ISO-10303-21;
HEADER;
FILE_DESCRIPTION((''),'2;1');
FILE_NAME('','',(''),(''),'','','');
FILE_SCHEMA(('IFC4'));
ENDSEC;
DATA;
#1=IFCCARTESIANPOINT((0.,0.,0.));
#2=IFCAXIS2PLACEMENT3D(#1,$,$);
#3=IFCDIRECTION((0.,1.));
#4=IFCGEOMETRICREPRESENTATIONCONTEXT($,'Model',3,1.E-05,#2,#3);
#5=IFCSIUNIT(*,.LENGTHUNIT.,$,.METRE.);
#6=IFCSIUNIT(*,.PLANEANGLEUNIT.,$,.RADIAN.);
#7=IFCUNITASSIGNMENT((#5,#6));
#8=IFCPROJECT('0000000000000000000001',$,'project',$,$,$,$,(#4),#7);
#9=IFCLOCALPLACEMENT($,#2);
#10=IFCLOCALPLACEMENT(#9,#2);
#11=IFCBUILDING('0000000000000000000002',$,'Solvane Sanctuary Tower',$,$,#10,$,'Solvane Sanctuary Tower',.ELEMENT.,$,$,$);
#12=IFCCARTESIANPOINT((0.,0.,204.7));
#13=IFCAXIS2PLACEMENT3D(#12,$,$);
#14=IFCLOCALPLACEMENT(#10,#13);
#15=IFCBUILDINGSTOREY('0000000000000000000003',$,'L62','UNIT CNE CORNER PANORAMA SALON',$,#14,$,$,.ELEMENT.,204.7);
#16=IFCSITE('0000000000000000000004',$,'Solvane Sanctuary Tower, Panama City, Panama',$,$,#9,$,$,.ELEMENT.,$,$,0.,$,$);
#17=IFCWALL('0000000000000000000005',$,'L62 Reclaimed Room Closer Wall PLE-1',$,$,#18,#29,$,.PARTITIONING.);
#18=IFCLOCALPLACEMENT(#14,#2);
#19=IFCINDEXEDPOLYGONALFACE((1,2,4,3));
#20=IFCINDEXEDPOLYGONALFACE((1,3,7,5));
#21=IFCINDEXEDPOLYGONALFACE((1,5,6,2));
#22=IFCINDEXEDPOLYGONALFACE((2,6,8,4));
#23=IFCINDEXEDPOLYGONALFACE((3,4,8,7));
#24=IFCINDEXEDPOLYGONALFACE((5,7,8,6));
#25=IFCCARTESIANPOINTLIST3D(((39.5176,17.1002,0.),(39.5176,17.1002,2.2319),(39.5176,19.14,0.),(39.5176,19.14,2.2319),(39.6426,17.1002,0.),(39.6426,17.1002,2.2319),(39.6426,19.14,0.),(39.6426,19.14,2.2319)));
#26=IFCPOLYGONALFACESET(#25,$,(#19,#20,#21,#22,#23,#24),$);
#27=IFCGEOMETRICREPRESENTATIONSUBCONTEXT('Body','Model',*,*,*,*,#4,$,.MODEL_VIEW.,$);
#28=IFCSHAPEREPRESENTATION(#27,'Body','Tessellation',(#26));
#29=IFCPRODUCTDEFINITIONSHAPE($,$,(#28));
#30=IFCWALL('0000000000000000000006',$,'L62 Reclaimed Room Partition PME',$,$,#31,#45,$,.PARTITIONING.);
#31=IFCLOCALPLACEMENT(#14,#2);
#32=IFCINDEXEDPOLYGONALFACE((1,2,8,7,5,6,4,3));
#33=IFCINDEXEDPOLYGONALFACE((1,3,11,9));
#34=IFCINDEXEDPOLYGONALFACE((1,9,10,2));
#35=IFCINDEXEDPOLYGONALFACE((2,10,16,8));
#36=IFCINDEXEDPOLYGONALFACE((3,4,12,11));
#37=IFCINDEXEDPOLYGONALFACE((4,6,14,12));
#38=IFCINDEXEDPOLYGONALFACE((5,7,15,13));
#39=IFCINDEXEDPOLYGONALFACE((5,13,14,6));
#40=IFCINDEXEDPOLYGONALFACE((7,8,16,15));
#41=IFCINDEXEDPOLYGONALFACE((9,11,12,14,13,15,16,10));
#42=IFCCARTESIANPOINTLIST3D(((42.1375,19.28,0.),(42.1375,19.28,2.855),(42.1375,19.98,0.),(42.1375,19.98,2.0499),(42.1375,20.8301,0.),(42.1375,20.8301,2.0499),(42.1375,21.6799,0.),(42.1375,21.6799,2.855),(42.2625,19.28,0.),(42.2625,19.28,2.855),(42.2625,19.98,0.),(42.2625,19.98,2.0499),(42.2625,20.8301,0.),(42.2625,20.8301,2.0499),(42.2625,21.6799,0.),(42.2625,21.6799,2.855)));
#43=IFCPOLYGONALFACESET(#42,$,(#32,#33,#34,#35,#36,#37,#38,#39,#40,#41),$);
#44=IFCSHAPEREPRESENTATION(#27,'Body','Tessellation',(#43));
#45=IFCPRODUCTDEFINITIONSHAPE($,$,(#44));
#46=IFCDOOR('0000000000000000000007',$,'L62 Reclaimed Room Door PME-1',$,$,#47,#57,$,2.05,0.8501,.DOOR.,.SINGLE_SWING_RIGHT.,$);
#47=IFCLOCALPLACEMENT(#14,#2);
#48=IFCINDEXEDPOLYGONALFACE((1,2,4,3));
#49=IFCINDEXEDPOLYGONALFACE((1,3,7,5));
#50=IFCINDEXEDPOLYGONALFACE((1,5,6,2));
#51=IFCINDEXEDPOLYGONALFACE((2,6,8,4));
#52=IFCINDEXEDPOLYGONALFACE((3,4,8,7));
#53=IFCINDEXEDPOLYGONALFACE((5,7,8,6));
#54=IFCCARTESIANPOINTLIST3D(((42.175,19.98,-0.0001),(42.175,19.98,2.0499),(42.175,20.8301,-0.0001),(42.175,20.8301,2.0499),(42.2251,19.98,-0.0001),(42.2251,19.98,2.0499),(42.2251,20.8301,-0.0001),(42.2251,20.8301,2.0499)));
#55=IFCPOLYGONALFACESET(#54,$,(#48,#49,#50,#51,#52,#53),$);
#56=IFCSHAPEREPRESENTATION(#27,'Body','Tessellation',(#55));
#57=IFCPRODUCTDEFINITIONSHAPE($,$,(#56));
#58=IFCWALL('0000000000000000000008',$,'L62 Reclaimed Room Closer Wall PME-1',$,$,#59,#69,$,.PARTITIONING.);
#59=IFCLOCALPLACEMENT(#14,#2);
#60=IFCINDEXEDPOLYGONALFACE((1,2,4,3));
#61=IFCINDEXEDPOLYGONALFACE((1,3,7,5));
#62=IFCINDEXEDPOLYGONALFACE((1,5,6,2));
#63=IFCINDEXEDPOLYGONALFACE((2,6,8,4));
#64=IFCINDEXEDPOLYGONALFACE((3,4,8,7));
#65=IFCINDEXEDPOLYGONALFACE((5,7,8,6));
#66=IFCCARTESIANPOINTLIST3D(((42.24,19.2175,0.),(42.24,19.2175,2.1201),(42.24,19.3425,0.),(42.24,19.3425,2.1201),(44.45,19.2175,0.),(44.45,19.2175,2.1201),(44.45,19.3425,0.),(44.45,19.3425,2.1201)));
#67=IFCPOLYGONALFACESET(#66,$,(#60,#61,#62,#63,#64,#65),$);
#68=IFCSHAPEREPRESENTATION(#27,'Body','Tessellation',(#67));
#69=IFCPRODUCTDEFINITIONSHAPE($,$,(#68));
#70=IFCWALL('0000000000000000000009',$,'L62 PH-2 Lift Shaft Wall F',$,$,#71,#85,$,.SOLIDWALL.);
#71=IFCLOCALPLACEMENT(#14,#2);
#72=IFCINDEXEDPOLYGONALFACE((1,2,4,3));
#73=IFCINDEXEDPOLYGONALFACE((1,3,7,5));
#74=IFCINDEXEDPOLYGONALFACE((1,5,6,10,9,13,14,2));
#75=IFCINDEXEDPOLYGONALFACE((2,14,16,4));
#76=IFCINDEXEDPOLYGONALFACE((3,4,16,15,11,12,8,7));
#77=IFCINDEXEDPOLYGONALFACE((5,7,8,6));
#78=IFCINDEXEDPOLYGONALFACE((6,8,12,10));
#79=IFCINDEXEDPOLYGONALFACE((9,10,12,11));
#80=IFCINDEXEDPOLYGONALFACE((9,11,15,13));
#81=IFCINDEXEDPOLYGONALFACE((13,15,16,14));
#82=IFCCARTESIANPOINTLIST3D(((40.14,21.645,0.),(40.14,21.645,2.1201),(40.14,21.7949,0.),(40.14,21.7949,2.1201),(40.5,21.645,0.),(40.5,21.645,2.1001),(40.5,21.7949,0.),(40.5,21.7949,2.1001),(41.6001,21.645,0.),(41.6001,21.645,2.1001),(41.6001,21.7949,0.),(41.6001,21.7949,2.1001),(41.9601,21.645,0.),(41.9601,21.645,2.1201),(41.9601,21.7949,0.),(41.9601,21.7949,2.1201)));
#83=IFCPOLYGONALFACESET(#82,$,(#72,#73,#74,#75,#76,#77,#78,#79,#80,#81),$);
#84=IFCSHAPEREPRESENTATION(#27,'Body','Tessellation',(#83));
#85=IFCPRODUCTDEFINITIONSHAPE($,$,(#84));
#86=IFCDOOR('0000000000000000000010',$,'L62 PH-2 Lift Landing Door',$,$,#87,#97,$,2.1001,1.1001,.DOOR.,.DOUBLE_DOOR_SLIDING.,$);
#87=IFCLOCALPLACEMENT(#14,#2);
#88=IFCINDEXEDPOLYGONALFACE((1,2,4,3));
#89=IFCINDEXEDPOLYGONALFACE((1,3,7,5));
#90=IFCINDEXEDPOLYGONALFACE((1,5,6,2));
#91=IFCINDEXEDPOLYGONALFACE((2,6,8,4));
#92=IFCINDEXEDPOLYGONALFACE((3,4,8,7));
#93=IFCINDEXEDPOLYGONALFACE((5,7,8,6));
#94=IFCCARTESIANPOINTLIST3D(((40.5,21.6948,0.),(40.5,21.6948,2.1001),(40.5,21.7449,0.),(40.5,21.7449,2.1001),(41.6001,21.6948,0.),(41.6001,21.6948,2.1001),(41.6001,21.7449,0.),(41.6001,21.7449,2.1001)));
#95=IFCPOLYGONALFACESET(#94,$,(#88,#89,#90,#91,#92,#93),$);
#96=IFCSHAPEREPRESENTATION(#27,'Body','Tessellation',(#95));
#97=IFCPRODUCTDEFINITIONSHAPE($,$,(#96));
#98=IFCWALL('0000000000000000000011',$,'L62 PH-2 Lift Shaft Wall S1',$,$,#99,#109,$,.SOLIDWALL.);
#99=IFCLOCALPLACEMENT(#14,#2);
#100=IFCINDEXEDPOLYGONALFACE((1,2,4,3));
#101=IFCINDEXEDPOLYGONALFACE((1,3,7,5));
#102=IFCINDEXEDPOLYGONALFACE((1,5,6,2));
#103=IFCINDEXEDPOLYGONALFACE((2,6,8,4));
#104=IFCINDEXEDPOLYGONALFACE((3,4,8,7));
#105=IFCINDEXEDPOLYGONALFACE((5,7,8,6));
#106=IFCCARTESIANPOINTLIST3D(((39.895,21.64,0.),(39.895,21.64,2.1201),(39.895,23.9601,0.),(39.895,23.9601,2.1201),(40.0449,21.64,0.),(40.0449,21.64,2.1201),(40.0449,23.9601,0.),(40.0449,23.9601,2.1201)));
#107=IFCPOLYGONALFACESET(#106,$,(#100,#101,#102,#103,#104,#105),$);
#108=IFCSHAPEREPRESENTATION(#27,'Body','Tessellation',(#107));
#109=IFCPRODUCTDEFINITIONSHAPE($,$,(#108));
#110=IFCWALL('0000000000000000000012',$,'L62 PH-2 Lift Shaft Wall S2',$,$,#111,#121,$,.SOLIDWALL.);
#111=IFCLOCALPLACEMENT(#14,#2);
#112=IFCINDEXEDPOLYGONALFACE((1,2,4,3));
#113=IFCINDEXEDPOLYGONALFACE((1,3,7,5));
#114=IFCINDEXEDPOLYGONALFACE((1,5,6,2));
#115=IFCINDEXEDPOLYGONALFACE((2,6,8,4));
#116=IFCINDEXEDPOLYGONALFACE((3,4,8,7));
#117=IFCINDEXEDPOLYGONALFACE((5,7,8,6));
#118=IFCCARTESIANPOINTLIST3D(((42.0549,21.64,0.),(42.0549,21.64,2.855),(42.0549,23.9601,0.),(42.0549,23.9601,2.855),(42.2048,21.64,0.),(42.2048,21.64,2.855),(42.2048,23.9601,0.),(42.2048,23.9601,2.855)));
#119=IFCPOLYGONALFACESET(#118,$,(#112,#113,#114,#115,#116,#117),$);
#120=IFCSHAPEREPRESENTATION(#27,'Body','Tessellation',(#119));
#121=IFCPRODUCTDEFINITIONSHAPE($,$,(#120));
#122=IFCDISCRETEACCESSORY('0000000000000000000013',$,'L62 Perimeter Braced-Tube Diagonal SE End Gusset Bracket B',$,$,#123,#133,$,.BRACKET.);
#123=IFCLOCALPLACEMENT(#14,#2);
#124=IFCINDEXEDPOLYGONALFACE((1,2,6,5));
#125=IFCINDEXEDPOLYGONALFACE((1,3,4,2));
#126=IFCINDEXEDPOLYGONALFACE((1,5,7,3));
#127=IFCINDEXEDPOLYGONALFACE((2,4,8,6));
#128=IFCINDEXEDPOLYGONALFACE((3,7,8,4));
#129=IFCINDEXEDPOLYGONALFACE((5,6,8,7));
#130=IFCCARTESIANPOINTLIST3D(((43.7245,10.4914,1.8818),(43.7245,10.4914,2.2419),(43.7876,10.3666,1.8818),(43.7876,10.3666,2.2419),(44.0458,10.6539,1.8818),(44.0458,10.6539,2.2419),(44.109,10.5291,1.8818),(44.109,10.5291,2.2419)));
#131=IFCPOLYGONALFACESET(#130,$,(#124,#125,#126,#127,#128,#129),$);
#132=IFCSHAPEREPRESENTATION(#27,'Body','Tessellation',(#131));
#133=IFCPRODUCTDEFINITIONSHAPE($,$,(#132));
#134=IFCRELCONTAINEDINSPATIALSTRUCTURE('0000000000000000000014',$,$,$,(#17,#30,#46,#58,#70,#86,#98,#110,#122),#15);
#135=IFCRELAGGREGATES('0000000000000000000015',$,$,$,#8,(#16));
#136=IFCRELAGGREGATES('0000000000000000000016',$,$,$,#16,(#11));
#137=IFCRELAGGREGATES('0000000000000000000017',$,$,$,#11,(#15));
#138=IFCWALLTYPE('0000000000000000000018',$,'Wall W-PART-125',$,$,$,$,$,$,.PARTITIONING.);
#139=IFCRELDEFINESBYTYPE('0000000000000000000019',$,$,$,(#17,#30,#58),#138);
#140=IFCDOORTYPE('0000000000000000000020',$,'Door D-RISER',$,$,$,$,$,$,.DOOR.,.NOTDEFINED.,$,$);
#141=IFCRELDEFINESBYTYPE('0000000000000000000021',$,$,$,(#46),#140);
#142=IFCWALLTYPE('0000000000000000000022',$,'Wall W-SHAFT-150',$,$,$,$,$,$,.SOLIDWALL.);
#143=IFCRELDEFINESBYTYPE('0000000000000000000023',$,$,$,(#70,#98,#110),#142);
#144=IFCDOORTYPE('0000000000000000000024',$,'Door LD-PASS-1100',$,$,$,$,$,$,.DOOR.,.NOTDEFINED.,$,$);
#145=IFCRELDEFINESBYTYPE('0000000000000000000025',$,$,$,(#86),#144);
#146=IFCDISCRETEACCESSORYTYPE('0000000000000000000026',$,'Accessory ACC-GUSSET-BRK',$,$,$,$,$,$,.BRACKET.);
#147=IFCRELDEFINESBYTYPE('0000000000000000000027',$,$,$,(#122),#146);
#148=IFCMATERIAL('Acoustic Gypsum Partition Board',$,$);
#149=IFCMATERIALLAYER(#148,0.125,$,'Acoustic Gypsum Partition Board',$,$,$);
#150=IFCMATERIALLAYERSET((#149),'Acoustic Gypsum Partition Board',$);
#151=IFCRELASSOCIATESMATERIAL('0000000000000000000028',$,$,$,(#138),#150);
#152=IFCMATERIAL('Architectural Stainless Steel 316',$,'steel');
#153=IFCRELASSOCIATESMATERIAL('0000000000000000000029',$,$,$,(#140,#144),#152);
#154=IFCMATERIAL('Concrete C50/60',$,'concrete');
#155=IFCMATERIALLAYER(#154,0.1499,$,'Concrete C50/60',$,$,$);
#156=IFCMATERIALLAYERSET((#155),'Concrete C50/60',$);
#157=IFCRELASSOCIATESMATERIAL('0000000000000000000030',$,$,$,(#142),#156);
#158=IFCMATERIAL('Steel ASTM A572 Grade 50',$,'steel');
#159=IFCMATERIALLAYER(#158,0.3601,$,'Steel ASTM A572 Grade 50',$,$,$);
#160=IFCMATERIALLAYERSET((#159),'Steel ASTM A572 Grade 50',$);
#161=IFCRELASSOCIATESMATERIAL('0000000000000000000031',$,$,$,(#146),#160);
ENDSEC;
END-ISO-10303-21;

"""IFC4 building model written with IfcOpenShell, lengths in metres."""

from ifc_helpers import new_model, si_unit, direction, frame, frame_2d, origin, origin_2d, place, context, subcontext, project, spatial, rectangle, extrude, material, layer, layer_set, type_object, element, fill, save


model = new_model("IFC4")

# Units and contexts
model_context = context("Model", 3, precision=1e-05, world=origin(), true_north=direction((0.0, 1.0)))
body_context = subcontext(model_context, "Body", "Model", "MODEL_VIEW")
ifc_project = project(units=[si_unit("LENGTHUNIT", "METRE"), si_unit("PLANEANGLEUNIT", "RADIAN")], contexts=[model_context])

# Site, building, storey
site_placement = place(None, origin())
site = spatial("IfcSite", under=ifc_project, at=site_placement, Name="Solvane Sanctuary Tower, Panama City, Panama", CompositionType="ELEMENT", RefElevation=0.0)
building_placement = place(site_placement, origin())
building = spatial("IfcBuilding", under=site, at=building_placement, Name="Solvane Sanctuary Tower", LongName="Solvane Sanctuary Tower", CompositionType="ELEMENT")
storey_placement = place(building_placement, frame((0.0, 0.0, 204.7)))
storey = spatial("IfcBuildingStorey", under=building, at=storey_placement, Name="L62", Description="UNIT CNE CORNER PANORAMA SALON", CompositionType="ELEMENT", Elevation=204.7)

# Shared definitions
ifc_material_1 = material(Name="Concrete C50/60", Category="concrete")

# Shared definitions
ifc_material_2 = material(Name="Acoustic Gypsum Partition Board")

# Shared definitions
ifc_layer_1 = layer(ifc_material_2, 0.125, Name="Acoustic Gypsum Partition Board")
ifc_layer_set_1 = layer_set([ifc_layer_1], Name="Acoustic Gypsum Partition Board")
wall_type_1 = type_object("IfcWallType", Name="Wall W-PART-125", PredefinedType="PARTITIONING", material=ifc_layer_set_1)
ifc_material_3 = material(Name="Architectural Stainless Steel 316", Category="steel")
door_type_1 = type_object("IfcDoorType", Name="Door D-RISER", OperationType="NOTDEFINED", PredefinedType="DOOR", material=ifc_material_3)

# Wall
wall_1_placement = place(storey_placement, frame((39.5801, 17.1001, 0.0), z_axis=(0.0, 0.0, 1.0), x_axis=(0.0, 1.0, 0.0)))
element("IfcWall", 1, at=wall_1_placement, inside=storey, type_object=wall_type_1, Name="L62 Reclaimed Room Closer Wall PLE-1", PredefinedType="PARTITIONING", context=body_context, shape_type="SweptSolid", body=[
    extrude(rectangle(XDim=2.0398, YDim=0.125, at=frame_2d((1.02, 0.0))), origin(), (0.0, 0.0, 1.0), 2.2319),
])

# Wall, opening, door
wall_2_placement = place(storey_placement, frame((42.2, 19.28, 0.0), z_axis=(0.0, 0.0, 1.0), x_axis=(0.0, 1.0, 0.0)))
wall_2 = element("IfcWall", 2, at=wall_2_placement, inside=storey, type_object=wall_type_1, Name="L62 Reclaimed Room Partition PME", PredefinedType="PARTITIONING", context=body_context, shape_type="SweptSolid", body=[
    extrude(rectangle(XDim=2.3999, YDim=0.125, at=frame_2d((1.2, 0.0))), origin(), (0.0, 0.0, 1.0), 2.855),
])
opening_1_placement = place(wall_2_placement, frame((0.7, 0.0, 0.0)))
opening_1 = element("IfcOpeningElement", 3, at=opening_1_placement, cuts=wall_2, PredefinedType="OPENING", context=body_context, shape_type="SweptSolid", body=[
    extrude(rectangle(XDim=0.8501, YDim=2.05, at=frame_2d((0.425, 1.0249))), frame((0.0, 0.0725, 0.0), z_axis=(0.0, -1.0, 0.0), x_axis=(1.0, 0.0, 0.0)), (0.0, 0.0, 1.0), 0.145),
])
door_1_placement = place(opening_1_placement, origin())
door_1 = element("IfcDoor", 4, at=door_1_placement, inside=storey, type_object=door_type_1, Name="L62 Reclaimed Room Door PME-1", OperationType="SINGLE_SWING_RIGHT", OverallHeight=2.05, OverallWidth=0.8501, PredefinedType="DOOR", context=body_context, shape_type="SweptSolid", body=[
    extrude(rectangle(XDim=0.8501, YDim=2.05, at=frame_2d((0.425, 1.0249))), frame((0.0, 0.0249, 0.0), z_axis=(0.0, -1.0, 0.0), x_axis=(1.0, 0.0, 0.0)), (0.0, 0.0, 1.0), 0.05),
])
fill(opening_1, door_1)

# Wall
wall_3_placement = place(storey_placement, frame((42.24, 19.28, 0.0), z_axis=(0.0, 0.0, 1.0), x_axis=(1.0, 0.0, 0.0)))
element("IfcWall", 5, at=wall_3_placement, inside=storey, type_object=wall_type_1, Name="L62 Reclaimed Room Closer Wall PME-1", PredefinedType="PARTITIONING", context=body_context, shape_type="SweptSolid", body=[
    extrude(rectangle(XDim=2.21, YDim=0.125, at=frame_2d((1.105, 0.0))), origin(), (0.0, 0.0, 1.0), 2.1201),
])

# Wall, opening, door
ifc_layer_2 = layer(ifc_material_1, 0.1499, Name="Concrete C50/60")
ifc_layer_set_2 = layer_set([ifc_layer_2], Name="Concrete C50/60")
wall_type_2 = type_object("IfcWallType", Name="Wall W-SHAFT-150", PredefinedType="SOLIDWALL", material=ifc_layer_set_2)
wall_4_placement = place(storey_placement, frame((40.1399, 21.72, 0.0), z_axis=(0.0, 0.0, 1.0), x_axis=(1.0, 0.0, 0.0)))
wall_4 = element("IfcWall", 6, at=wall_4_placement, inside=storey, type_object=wall_type_2, Name="L62 PH-2 Lift Shaft Wall F", PredefinedType="SOLIDWALL", context=body_context, shape_type="SweptSolid", body=[
    extrude(rectangle(XDim=1.8201, YDim=0.1499, at=frame_2d((0.9102, 0.0))), origin(), (0.0, 0.0, 1.0), 2.1201),
])
opening_2_placement = place(wall_4_placement, frame((0.3601, 0.0, 0.0)))
opening_2 = element("IfcOpeningElement", 7, at=opening_2_placement, cuts=wall_4, PredefinedType="OPENING", context=body_context, shape_type="SweptSolid", body=[
    extrude(rectangle(XDim=1.1001, YDim=2.1001, at=frame_2d((0.55, 1.05))), frame((0.0, 0.085, 0.0), z_axis=(0.0, -1.0, 0.0), x_axis=(1.0, 0.0, 0.0)), (0.0, 0.0, 1.0), 0.1699),
])
door_type_2 = type_object("IfcDoorType", Name="Door LD-PASS-1100", OperationType="NOTDEFINED", PredefinedType="DOOR", material=ifc_material_3)
door_2_placement = place(opening_2_placement, origin())
door_2 = element("IfcDoor", 8, at=door_2_placement, inside=storey, type_object=door_type_2, Name="L62 PH-2 Lift Landing Door", OperationType="DOUBLE_DOOR_SLIDING", OverallHeight=2.1001, OverallWidth=1.1001, PredefinedType="DOOR", context=body_context, shape_type="SweptSolid", body=[
    extrude(rectangle(XDim=1.1001, YDim=2.1001, at=frame_2d((0.55, 1.05))), frame((0.0, 0.0249, 0.0), z_axis=(0.0, -1.0, 0.0), x_axis=(1.0, 0.0, 0.0)), (0.0, 0.0, 1.0), 0.05),
])
fill(opening_2, door_2)

# Walls
wall_5_placement = place(storey_placement, frame((39.97, 21.6399, 0.0), z_axis=(0.0, 0.0, 1.0), x_axis=(0.0, 1.0, 0.0)))
element("IfcWall", 9, at=wall_5_placement, inside=storey, type_object=wall_type_2, Name="L62 PH-2 Lift Shaft Wall S1", PredefinedType="SOLIDWALL", context=body_context, shape_type="SweptSolid", body=[
    extrude(rectangle(XDim=2.3201, YDim=0.1499, at=frame_2d((1.1602, 0.0))), origin(), (0.0, 0.0, 1.0), 2.1201),
])
wall_6_placement = place(storey_placement, frame((42.1299, 21.6399, 0.0), z_axis=(0.0, 0.0, 1.0), x_axis=(0.0, 1.0, 0.0)))
element("IfcWall", 10, at=wall_6_placement, inside=storey, type_object=wall_type_2, Name="L62 PH-2 Lift Shaft Wall S2", PredefinedType="SOLIDWALL", context=body_context, shape_type="SweptSolid", body=[
    extrude(rectangle(XDim=2.3201, YDim=0.1499, at=frame_2d((1.1602, 0.0))), origin(), (0.0, 0.0, 1.0), 2.855),
])

# Discrete accessory
ifc_material_4 = material(Name="Steel ASTM A572 Grade 50", Category="steel")
ifc_layer_3 = layer(ifc_material_4, 0.3601, Name="Steel ASTM A572 Grade 50")
ifc_layer_set_3 = layer_set([ifc_layer_3], Name="Steel ASTM A572 Grade 50")
discrete_accessory_type = type_object("IfcDiscreteAccessoryType", Name="Accessory ACC-GUSSET-BRK", PredefinedType="BRACKET", material=ifc_layer_set_3)
discrete_accessory_placement = place(storey_placement, frame((43.9167, 10.5103, 1.8818), z_axis=(0.0, 0.0, 1.0), x_axis=(-0.89235, -0.451345, 0.0)))
element("IfcDiscreteAccessory", 11, at=discrete_accessory_placement, inside=storey, type_object=discrete_accessory_type, Name="L62 Perimeter Braced-Tube Diagonal SE End Gusset Bracket B", PredefinedType="BRACKET", context=body_context, shape_type="SweptSolid", body=[
    extrude(rectangle(XDim=0.3601, YDim=0.1399, at=origin_2d()), origin(), (0.0, 0.0, 1.0), 0.3601),
])

save(model, "model.ifc")
